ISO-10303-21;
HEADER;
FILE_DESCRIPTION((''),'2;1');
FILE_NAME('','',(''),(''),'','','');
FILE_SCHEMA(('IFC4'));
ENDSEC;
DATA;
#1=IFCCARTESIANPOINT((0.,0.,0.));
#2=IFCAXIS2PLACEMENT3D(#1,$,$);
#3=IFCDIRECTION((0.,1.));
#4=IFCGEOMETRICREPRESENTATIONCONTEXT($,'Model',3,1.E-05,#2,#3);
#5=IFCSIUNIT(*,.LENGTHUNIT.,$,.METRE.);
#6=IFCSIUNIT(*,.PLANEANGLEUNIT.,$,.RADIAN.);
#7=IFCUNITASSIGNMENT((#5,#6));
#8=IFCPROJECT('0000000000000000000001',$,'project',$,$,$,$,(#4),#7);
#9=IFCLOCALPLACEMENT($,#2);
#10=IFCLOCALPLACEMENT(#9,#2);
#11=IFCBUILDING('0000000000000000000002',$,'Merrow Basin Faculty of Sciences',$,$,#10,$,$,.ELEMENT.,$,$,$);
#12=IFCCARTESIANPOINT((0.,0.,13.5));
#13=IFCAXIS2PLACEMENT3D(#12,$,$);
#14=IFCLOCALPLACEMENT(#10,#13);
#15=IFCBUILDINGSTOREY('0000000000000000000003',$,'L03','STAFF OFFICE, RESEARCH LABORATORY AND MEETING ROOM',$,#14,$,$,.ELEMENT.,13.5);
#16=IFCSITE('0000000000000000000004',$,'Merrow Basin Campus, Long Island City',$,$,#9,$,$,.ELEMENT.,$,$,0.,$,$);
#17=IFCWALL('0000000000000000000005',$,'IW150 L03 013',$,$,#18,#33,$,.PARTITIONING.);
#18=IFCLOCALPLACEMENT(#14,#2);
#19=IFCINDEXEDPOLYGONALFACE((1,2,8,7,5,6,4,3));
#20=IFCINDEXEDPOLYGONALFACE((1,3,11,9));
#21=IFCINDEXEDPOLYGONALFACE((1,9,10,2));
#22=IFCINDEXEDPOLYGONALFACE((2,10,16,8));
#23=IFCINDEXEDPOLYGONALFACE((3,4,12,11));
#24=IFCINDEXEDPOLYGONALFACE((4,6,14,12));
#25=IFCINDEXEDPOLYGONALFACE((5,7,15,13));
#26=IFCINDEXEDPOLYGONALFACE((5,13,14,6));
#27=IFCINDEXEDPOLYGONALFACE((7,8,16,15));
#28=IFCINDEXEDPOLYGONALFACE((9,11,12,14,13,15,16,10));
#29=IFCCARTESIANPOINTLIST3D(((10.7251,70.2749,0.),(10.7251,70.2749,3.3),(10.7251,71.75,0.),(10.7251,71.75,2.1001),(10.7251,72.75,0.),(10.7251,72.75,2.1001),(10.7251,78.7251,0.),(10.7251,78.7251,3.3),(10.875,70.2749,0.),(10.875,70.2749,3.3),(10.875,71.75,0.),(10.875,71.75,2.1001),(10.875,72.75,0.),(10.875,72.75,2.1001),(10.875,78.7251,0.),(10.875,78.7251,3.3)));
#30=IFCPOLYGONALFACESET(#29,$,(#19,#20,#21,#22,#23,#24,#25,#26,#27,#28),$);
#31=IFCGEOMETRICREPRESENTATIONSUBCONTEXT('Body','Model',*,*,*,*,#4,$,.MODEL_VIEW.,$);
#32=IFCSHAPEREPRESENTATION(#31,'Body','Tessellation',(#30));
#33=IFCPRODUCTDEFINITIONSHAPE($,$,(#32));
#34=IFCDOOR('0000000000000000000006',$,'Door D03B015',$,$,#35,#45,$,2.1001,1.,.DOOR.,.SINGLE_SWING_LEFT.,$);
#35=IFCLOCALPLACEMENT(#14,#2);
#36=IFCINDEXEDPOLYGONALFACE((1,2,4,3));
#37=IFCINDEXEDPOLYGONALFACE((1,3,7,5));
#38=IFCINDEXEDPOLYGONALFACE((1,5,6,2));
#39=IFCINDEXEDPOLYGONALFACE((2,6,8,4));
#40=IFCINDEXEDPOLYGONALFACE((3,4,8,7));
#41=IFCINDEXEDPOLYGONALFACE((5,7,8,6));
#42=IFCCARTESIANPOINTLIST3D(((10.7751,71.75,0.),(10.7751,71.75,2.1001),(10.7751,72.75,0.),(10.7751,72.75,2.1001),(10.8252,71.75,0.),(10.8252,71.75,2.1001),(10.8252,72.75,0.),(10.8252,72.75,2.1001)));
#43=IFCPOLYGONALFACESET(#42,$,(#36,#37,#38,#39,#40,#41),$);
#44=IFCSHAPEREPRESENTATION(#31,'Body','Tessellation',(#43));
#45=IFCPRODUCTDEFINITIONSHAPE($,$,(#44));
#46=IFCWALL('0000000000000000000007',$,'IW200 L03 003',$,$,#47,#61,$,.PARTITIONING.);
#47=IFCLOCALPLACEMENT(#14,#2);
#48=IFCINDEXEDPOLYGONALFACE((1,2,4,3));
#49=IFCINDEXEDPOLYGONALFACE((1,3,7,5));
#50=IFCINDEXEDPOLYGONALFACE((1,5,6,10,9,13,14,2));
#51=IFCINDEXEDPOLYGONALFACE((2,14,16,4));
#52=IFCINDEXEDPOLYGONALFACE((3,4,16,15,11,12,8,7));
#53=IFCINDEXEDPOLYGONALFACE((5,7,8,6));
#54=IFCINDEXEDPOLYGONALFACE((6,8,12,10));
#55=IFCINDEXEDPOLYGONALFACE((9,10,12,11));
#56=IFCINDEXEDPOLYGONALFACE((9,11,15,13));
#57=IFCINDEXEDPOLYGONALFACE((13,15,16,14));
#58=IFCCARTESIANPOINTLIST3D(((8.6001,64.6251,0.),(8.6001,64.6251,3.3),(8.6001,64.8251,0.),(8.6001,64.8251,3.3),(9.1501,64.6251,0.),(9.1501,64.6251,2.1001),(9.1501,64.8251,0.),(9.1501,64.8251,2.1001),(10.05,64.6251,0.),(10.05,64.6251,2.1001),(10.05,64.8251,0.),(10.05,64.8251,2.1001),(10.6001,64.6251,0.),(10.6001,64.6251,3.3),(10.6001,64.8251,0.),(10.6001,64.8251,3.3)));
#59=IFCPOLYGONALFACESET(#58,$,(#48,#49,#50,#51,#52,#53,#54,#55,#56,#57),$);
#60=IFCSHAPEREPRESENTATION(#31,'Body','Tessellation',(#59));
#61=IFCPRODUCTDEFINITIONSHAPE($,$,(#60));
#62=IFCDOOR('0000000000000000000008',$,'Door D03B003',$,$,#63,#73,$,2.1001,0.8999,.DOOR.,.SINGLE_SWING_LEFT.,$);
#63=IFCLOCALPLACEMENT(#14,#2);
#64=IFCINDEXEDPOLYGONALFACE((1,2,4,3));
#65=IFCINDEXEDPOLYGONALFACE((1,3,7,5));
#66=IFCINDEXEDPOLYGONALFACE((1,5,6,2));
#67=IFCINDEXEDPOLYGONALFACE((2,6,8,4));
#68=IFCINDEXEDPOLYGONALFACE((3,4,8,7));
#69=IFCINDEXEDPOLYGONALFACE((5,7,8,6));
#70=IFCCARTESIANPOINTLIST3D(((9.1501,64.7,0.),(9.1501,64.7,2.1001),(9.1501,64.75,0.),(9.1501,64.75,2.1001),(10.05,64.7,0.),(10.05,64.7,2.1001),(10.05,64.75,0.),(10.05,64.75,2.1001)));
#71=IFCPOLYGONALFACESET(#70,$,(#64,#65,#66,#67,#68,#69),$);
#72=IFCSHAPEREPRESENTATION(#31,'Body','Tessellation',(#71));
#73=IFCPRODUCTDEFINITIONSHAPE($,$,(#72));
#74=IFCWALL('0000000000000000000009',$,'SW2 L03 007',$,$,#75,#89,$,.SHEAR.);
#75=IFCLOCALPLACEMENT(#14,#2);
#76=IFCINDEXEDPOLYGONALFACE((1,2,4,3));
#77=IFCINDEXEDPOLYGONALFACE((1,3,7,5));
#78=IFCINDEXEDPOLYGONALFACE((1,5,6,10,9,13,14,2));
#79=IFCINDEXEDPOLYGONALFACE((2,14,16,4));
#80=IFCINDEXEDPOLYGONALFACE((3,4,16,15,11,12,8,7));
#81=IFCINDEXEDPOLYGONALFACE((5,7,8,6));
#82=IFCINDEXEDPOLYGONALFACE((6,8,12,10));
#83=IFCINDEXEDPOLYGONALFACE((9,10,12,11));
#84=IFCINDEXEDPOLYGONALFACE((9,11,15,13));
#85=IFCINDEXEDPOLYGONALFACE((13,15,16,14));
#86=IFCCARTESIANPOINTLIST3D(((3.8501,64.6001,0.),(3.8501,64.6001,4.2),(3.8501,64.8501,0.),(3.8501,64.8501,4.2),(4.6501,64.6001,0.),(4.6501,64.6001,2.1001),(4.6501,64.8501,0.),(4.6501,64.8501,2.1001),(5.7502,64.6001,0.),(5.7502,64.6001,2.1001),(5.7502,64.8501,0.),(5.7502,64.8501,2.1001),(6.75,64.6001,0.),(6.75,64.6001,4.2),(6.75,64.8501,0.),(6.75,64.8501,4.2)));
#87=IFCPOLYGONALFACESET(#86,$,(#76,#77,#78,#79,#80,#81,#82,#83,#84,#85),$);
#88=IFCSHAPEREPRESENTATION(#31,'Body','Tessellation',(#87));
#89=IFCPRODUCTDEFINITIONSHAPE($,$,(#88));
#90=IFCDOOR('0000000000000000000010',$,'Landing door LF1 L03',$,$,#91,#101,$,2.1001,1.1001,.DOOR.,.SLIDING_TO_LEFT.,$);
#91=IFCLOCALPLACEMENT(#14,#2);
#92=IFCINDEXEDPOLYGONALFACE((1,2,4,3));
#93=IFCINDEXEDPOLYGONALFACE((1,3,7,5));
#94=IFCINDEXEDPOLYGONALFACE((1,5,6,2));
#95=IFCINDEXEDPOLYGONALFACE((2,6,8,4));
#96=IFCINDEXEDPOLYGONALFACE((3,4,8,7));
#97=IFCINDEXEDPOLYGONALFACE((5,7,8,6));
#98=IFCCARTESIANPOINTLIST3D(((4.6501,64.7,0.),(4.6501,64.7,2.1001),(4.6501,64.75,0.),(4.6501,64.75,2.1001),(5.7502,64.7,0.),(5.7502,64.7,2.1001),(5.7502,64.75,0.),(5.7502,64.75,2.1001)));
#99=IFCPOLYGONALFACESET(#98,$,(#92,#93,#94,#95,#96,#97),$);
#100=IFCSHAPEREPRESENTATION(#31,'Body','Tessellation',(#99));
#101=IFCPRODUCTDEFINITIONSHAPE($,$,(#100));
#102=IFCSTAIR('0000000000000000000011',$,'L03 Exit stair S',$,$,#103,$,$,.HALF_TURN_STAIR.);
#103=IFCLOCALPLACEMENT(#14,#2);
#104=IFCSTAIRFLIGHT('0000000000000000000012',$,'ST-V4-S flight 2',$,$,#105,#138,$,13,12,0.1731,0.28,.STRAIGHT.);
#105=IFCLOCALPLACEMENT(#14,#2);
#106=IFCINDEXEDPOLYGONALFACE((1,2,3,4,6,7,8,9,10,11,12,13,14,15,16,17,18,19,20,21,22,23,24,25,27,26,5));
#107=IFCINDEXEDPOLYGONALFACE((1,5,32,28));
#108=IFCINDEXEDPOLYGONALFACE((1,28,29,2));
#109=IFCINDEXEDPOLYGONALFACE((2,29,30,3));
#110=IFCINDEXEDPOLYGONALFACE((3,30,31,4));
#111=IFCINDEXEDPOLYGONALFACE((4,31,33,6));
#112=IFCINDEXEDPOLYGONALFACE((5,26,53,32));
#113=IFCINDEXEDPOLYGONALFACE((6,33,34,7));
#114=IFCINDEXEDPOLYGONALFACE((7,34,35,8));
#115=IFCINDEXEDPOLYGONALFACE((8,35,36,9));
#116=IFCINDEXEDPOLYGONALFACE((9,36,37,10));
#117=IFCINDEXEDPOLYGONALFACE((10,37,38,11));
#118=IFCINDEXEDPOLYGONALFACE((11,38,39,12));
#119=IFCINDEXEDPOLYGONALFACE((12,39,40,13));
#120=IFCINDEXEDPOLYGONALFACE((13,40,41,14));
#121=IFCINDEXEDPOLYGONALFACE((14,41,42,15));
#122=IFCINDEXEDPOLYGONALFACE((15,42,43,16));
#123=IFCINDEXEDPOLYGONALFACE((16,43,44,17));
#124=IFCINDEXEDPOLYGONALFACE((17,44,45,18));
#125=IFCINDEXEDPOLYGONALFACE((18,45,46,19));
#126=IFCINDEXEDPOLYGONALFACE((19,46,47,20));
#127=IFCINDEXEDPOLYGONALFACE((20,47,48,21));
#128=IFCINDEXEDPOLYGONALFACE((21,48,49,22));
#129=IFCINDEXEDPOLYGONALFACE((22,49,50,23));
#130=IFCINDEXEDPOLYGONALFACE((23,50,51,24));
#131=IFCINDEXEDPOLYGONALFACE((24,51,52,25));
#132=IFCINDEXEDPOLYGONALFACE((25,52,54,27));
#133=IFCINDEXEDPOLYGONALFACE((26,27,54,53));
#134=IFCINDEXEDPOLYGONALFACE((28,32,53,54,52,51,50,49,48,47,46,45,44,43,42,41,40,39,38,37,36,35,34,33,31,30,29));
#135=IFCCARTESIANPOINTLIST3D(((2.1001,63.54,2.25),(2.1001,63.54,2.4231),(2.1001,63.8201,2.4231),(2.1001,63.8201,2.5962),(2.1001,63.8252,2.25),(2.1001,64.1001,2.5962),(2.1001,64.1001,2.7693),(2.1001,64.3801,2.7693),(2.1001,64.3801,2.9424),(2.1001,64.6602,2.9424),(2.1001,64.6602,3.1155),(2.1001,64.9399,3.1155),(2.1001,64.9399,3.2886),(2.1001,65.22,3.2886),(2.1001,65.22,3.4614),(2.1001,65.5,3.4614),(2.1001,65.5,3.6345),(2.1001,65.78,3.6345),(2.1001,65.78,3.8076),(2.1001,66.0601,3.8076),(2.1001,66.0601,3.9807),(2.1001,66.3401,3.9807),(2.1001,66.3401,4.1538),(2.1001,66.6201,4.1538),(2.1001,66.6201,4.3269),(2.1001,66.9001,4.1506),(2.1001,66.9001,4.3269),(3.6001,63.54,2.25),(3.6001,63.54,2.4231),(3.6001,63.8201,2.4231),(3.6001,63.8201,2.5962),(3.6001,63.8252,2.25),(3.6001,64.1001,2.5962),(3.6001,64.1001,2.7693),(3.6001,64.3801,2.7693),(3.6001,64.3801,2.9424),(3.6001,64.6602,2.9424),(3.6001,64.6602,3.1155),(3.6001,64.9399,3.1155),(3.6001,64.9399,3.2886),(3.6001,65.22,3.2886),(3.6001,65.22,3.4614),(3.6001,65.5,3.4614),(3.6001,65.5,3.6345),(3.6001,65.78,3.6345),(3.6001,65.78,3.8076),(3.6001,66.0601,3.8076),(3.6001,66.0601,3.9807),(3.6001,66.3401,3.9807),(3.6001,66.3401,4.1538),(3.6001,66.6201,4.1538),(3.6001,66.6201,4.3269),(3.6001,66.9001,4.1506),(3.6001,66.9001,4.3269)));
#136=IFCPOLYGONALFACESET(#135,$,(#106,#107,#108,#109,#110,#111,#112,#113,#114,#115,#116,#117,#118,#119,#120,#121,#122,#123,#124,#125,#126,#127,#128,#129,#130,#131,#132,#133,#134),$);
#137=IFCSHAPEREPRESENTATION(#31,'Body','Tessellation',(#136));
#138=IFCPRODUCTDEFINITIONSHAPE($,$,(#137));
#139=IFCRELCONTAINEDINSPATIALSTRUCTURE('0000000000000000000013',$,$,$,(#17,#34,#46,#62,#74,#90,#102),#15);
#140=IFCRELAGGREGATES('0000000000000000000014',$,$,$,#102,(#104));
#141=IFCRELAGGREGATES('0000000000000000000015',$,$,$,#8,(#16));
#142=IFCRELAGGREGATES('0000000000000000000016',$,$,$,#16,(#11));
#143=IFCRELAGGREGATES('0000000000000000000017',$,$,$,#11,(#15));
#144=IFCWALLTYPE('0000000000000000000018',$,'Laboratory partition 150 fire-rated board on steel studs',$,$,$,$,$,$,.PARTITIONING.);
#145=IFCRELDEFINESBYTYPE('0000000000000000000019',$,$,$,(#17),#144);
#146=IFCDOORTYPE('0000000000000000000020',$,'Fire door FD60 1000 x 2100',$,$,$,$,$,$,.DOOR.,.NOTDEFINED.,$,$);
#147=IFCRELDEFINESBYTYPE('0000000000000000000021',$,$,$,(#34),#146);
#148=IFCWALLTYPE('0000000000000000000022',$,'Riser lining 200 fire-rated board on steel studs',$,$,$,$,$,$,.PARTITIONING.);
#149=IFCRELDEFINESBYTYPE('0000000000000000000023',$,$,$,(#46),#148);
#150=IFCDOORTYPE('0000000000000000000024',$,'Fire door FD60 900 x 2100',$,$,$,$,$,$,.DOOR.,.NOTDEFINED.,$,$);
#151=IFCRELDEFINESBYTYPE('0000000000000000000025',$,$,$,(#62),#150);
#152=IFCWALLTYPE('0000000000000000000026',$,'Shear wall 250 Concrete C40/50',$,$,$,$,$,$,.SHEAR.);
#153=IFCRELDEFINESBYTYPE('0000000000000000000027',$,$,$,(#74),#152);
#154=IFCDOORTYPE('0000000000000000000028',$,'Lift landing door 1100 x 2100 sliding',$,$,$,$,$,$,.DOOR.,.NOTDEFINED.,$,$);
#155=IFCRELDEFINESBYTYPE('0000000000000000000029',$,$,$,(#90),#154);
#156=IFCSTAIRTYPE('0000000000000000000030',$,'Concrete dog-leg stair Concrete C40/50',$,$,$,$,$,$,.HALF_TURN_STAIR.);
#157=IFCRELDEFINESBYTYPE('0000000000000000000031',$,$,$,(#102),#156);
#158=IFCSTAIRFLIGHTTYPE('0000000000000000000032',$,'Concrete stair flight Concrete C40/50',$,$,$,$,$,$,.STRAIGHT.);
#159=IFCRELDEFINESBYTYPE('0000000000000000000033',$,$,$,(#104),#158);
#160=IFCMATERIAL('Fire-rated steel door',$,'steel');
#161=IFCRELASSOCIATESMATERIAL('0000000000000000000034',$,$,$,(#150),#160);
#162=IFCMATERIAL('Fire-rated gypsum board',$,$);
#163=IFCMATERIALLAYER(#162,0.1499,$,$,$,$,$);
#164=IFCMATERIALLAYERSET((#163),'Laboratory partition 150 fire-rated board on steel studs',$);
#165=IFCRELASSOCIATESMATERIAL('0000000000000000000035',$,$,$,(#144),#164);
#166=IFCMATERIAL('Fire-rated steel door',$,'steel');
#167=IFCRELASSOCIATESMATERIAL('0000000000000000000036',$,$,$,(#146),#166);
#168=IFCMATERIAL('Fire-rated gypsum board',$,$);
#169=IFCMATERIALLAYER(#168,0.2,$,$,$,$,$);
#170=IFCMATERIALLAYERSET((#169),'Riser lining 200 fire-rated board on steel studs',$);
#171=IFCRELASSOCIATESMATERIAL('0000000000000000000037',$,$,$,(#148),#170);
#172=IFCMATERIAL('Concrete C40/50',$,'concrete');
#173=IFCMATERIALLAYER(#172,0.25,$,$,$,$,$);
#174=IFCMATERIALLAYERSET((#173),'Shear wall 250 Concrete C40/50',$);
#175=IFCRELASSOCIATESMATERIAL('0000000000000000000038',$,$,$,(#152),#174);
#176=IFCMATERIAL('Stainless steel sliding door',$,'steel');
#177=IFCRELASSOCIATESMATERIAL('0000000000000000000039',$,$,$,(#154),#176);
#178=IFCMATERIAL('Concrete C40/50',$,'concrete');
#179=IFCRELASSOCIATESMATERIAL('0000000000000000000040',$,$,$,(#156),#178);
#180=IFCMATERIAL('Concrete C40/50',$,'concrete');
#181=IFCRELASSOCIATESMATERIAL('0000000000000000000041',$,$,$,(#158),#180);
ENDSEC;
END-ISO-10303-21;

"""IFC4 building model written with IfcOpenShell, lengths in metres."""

from ifc_helpers import new_model, si_unit, direction, frame, frame_2d, origin, place, context, subcontext, project, spatial, polyline, rectangle, outline, extrude, material, layer, layer_set, type_object, element, fill, aggregate, save


model = new_model("IFC4")

# Units and contexts
model_context = context("Model", 3, precision=1e-05, world=origin(), true_north=direction((0.0, 1.0)))
body_context = subcontext(model_context, "Body", "Model", "MODEL_VIEW")
ifc_project = project(units=[si_unit("LENGTHUNIT", "METRE"), si_unit("PLANEANGLEUNIT", "RADIAN")], contexts=[model_context])

# Site, building, storey
site_placement = place(None, origin())
site = spatial("IfcSite", under=ifc_project, at=site_placement, Name="Merrow Basin Campus, Long Island City", CompositionType="ELEMENT", RefElevation=0.0)
building_placement = place(site_placement, origin())
building = spatial("IfcBuilding", under=site, at=building_placement, Name="Merrow Basin Faculty of Sciences", CompositionType="ELEMENT")
storey_placement = place(building_placement, frame((0.0, 0.0, 13.5)))
storey = spatial("IfcBuildingStorey", under=building, at=storey_placement, Name="L03", Description="STAFF OFFICE, RESEARCH LABORATORY AND MEETING ROOM", CompositionType="ELEMENT", Elevation=13.5)

# Walls, openings, doors
ifc_material_1 = material(Name="Fire-rated steel door", Category="steel")
door_type_1 = type_object("IfcDoorType", Name="Fire door FD60 900 x 2100", OperationType="NOTDEFINED", PredefinedType="DOOR", material=ifc_material_1)
ifc_material_2 = material(Name="Fire-rated gypsum board")
ifc_layer_1 = layer(ifc_material_2, 0.1499)
ifc_layer_set_1 = layer_set([ifc_layer_1], Name="Laboratory partition 150 fire-rated board on steel studs")
wall_type_1 = type_object("IfcWallType", Name="Laboratory partition 150 fire-rated board on steel studs", PredefinedType="PARTITIONING", material=ifc_layer_set_1)
wall_1_placement = place(storey_placement, frame((10.8, 70.2749, 0.0), z_axis=(0.0, 0.0, 1.0), x_axis=(0.0, 1.0, 0.0)))
wall_1 = element("IfcWall", 1, at=wall_1_placement, inside=storey, type_object=wall_type_1, Name="IW150 L03 013", PredefinedType="PARTITIONING", context=body_context, shape_type="SweptSolid", body=[
    extrude(rectangle(XDim=8.4502, YDim=0.1499, at=frame_2d((4.2251, 0.0))), origin(), (0.0, 0.0, 1.0), 3.3),
])
opening_1_placement = place(wall_1_placement, frame((1.4751, 0.0, 0.0)))
opening_1 = element("IfcOpeningElement", 2, at=opening_1_placement, cuts=wall_1, PredefinedType="OPENING", context=body_context, shape_type="SweptSolid", body=[
    extrude(rectangle(XDim=1.0, YDim=2.1001, at=frame_2d((0.5, 1.05))), frame((0.0, 0.085, 0.0), z_axis=(0.0, -1.0, 0.0), x_axis=(1.0, 0.0, 0.0)), (0.0, 0.0, 1.0), 0.1699),
])
ifc_material_3 = material(Name="Fire-rated steel door", Category="steel")
door_type_2 = type_object("IfcDoorType", Name="Fire door FD60 1000 x 2100", OperationType="NOTDEFINED", PredefinedType="DOOR", material=ifc_material_3)
door_1_placement = place(opening_1_placement, origin())
door_1 = element("IfcDoor", 3, at=door_1_placement, inside=storey, type_object=door_type_2, Name="Door D03B015", OperationType="SINGLE_SWING_LEFT", OverallHeight=2.1001, OverallWidth=1.0, PredefinedType="DOOR", context=body_context, shape_type="SweptSolid", body=[
    extrude(rectangle(XDim=1.0, YDim=2.1001, at=frame_2d((0.5, 1.05))), frame((0.0, 0.0249, 0.0), z_axis=(0.0, -1.0, 0.0), x_axis=(1.0, 0.0, 0.0)), (0.0, 0.0, 1.0), 0.05),
])
fill(opening_1, door_1)
ifc_material_4 = material(Name="Fire-rated gypsum board")
ifc_layer_2 = layer(ifc_material_4, 0.2)
ifc_layer_set_2 = layer_set([ifc_layer_2], Name="Riser lining 200 fire-rated board on steel studs")
wall_type_2 = type_object("IfcWallType", Name="Riser lining 200 fire-rated board on steel studs", PredefinedType="PARTITIONING", material=ifc_layer_set_2)
wall_2_placement = place(storey_placement, frame((8.6001, 64.7251, 0.0), z_axis=(0.0, 0.0, 1.0), x_axis=(1.0, 0.0, 0.0)))
wall_2 = element("IfcWall", 4, at=wall_2_placement, inside=storey, type_object=wall_type_2, Name="IW200 L03 003", PredefinedType="PARTITIONING", context=body_context, shape_type="SweptSolid", body=[
    extrude(rectangle(XDim=2.0, YDim=0.2, at=frame_2d((1.0, 0.0))), origin(), (0.0, 0.0, 1.0), 3.3),
])
opening_2_placement = place(wall_2_placement, frame((0.55, 0.0, 0.0)))
opening_2 = element("IfcOpeningElement", 5, at=opening_2_placement, cuts=wall_2, PredefinedType="OPENING", context=body_context, shape_type="SweptSolid", body=[
    extrude(rectangle(XDim=0.8999, YDim=2.1001, at=frame_2d((0.45, 1.05))), frame((0.0, 0.1099, 0.0), z_axis=(0.0, -1.0, 0.0), x_axis=(1.0, 0.0, 0.0)), (0.0, 0.0, 1.0), 0.22),
])
door_2_placement = place(opening_2_placement, origin())
door_2 = element("IfcDoor", 6, at=door_2_placement, inside=storey, type_object=door_type_1, Name="Door D03B003", OperationType="SINGLE_SWING_LEFT", OverallHeight=2.1001, OverallWidth=0.8999, PredefinedType="DOOR", context=body_context, shape_type="SweptSolid", body=[
    extrude(rectangle(XDim=0.8999, YDim=2.1001, at=frame_2d((0.45, 1.05))), frame((0.0, 0.0249, 0.0), z_axis=(0.0, -1.0, 0.0), x_axis=(1.0, 0.0, 0.0)), (0.0, 0.0, 1.0), 0.05),
])
fill(opening_2, door_2)
ifc_material_5 = material(Name="Concrete C40/50", Category="concrete")
ifc_layer_3 = layer(ifc_material_5, 0.25)
ifc_layer_set_3 = layer_set([ifc_layer_3], Name="Shear wall 250 Concrete C40/50")
wall_type_3 = type_object("IfcWallType", Name="Shear wall 250 Concrete C40/50", PredefinedType="SHEAR", material=ifc_layer_set_3)
wall_3_placement = place(storey_placement, frame((3.8501, 64.7251, 0.0), z_axis=(0.0, 0.0, 1.0), x_axis=(1.0, 0.0, 0.0)))
wall_3 = element("IfcWall", 7, at=wall_3_placement, inside=storey, type_object=wall_type_3, Name="SW2 L03 007", PredefinedType="SHEAR", context=body_context, shape_type="SweptSolid", body=[
    extrude(rectangle(XDim=2.8999, YDim=0.25, at=frame_2d((1.45, 0.0))), origin(), (0.0, 0.0, 1.0), 4.2),
])
opening_3_placement = place(wall_3_placement, frame((0.8, 0.0, 0.0)))
opening_3 = element("IfcOpeningElement", 8, at=opening_3_placement, cuts=wall_3, PredefinedType="OPENING", context=body_context, shape_type="SweptSolid", body=[
    extrude(rectangle(XDim=1.1001, YDim=2.1001, at=frame_2d((0.55, 1.05))), frame((0.0, 0.135, 0.0), z_axis=(0.0, -1.0, 0.0), x_axis=(1.0, 0.0, 0.0)), (0.0, 0.0, 1.0), 0.27),
])
ifc_material_6 = material(Name="Stainless steel sliding door", Category="steel")
door_type_3 = type_object("IfcDoorType", Name="Lift landing door 1100 x 2100 sliding", OperationType="NOTDEFINED", PredefinedType="DOOR", material=ifc_material_6)
door_3_placement = place(opening_3_placement, origin())
door_3 = element("IfcDoor", 9, at=door_3_placement, inside=storey, type_object=door_type_3, Name="Landing door LF1 L03", OperationType="SLIDING_TO_LEFT", OverallHeight=2.1001, OverallWidth=1.1001, PredefinedType="DOOR", context=body_context, shape_type="SweptSolid", body=[
    extrude(rectangle(XDim=1.1001, YDim=2.1001, at=frame_2d((0.55, 1.05))), frame((0.0, 0.0249, 0.0), z_axis=(0.0, -1.0, 0.0), x_axis=(1.0, 0.0, 0.0)), (0.0, 0.0, 1.0), 0.05),
])
fill(opening_3, door_3)

# Stair, stair flight
ifc_material_7 = material(Name="Concrete C40/50", Category="concrete")
stair_type = type_object("IfcStairType", Name="Concrete dog-leg stair Concrete C40/50", PredefinedType="HALF_TURN_STAIR", material=ifc_material_7)
stair_placement = place(storey_placement, origin())
stair = element("IfcStair", 10, at=stair_placement, inside=storey, type_object=stair_type, Name="L03 Exit stair S", PredefinedType="HALF_TURN_STAIR")
ifc_material_8 = material(Name="Concrete C40/50", Category="concrete")
stair_flight_type = type_object("IfcStairFlightType", Name="Concrete stair flight Concrete C40/50", PredefinedType="STRAIGHT", material=ifc_material_8)
stair_flight_placement = place(storey_placement, frame((2.8501, 63.54, 2.25), z_axis=(0.0, 0.0, 1.0), x_axis=(0.0, 1.0, 0.0)))
stair_flight = element("IfcStairFlight", 11, at=stair_flight_placement, type_object=stair_flight_type, Name="ST-V4-S flight 2", NumberOfRisers=13, NumberOfTreads=12, PredefinedType="STRAIGHT", RiserHeight=0.1731, TreadLength=0.28, context=body_context, shape_type="SweptSolid", body=[
    extrude(outline(polyline([(0.0, 0.0), (0.0, 0.1731), (0.28, 0.1731), (0.28, 0.3462), (0.5601, 0.3462), (0.5601, 0.5193), (0.8401, 0.5193), (0.8401, 0.6924), (1.1201, 0.6924), (1.1201, 0.8655), (1.3999, 0.8655), (1.3999, 1.0386), (1.6799, 1.0386), (1.6799, 1.2114), (1.96, 1.2114), (1.96, 1.3845), (2.24, 1.3845), (2.24, 1.5576), (2.52, 1.5576), (2.52, 1.7307), (2.8, 1.7307), (2.8, 1.9038), (3.0801, 1.9038), (3.0801, 2.0769), (3.3601, 2.0769), (3.3601, 2.25), (3.3601, 1.9006), (0.2852, 0.0), (0.0, 0.0)])), frame((0.0, 0.75, 0.0), z_axis=(0.0, -1.0, 0.0), x_axis=(1.0, 0.0, 0.0)), (0.0, 0.0, 1.0), 1.5),
])
aggregate(stair, [stair_flight])

save(model, "model.ifc")
